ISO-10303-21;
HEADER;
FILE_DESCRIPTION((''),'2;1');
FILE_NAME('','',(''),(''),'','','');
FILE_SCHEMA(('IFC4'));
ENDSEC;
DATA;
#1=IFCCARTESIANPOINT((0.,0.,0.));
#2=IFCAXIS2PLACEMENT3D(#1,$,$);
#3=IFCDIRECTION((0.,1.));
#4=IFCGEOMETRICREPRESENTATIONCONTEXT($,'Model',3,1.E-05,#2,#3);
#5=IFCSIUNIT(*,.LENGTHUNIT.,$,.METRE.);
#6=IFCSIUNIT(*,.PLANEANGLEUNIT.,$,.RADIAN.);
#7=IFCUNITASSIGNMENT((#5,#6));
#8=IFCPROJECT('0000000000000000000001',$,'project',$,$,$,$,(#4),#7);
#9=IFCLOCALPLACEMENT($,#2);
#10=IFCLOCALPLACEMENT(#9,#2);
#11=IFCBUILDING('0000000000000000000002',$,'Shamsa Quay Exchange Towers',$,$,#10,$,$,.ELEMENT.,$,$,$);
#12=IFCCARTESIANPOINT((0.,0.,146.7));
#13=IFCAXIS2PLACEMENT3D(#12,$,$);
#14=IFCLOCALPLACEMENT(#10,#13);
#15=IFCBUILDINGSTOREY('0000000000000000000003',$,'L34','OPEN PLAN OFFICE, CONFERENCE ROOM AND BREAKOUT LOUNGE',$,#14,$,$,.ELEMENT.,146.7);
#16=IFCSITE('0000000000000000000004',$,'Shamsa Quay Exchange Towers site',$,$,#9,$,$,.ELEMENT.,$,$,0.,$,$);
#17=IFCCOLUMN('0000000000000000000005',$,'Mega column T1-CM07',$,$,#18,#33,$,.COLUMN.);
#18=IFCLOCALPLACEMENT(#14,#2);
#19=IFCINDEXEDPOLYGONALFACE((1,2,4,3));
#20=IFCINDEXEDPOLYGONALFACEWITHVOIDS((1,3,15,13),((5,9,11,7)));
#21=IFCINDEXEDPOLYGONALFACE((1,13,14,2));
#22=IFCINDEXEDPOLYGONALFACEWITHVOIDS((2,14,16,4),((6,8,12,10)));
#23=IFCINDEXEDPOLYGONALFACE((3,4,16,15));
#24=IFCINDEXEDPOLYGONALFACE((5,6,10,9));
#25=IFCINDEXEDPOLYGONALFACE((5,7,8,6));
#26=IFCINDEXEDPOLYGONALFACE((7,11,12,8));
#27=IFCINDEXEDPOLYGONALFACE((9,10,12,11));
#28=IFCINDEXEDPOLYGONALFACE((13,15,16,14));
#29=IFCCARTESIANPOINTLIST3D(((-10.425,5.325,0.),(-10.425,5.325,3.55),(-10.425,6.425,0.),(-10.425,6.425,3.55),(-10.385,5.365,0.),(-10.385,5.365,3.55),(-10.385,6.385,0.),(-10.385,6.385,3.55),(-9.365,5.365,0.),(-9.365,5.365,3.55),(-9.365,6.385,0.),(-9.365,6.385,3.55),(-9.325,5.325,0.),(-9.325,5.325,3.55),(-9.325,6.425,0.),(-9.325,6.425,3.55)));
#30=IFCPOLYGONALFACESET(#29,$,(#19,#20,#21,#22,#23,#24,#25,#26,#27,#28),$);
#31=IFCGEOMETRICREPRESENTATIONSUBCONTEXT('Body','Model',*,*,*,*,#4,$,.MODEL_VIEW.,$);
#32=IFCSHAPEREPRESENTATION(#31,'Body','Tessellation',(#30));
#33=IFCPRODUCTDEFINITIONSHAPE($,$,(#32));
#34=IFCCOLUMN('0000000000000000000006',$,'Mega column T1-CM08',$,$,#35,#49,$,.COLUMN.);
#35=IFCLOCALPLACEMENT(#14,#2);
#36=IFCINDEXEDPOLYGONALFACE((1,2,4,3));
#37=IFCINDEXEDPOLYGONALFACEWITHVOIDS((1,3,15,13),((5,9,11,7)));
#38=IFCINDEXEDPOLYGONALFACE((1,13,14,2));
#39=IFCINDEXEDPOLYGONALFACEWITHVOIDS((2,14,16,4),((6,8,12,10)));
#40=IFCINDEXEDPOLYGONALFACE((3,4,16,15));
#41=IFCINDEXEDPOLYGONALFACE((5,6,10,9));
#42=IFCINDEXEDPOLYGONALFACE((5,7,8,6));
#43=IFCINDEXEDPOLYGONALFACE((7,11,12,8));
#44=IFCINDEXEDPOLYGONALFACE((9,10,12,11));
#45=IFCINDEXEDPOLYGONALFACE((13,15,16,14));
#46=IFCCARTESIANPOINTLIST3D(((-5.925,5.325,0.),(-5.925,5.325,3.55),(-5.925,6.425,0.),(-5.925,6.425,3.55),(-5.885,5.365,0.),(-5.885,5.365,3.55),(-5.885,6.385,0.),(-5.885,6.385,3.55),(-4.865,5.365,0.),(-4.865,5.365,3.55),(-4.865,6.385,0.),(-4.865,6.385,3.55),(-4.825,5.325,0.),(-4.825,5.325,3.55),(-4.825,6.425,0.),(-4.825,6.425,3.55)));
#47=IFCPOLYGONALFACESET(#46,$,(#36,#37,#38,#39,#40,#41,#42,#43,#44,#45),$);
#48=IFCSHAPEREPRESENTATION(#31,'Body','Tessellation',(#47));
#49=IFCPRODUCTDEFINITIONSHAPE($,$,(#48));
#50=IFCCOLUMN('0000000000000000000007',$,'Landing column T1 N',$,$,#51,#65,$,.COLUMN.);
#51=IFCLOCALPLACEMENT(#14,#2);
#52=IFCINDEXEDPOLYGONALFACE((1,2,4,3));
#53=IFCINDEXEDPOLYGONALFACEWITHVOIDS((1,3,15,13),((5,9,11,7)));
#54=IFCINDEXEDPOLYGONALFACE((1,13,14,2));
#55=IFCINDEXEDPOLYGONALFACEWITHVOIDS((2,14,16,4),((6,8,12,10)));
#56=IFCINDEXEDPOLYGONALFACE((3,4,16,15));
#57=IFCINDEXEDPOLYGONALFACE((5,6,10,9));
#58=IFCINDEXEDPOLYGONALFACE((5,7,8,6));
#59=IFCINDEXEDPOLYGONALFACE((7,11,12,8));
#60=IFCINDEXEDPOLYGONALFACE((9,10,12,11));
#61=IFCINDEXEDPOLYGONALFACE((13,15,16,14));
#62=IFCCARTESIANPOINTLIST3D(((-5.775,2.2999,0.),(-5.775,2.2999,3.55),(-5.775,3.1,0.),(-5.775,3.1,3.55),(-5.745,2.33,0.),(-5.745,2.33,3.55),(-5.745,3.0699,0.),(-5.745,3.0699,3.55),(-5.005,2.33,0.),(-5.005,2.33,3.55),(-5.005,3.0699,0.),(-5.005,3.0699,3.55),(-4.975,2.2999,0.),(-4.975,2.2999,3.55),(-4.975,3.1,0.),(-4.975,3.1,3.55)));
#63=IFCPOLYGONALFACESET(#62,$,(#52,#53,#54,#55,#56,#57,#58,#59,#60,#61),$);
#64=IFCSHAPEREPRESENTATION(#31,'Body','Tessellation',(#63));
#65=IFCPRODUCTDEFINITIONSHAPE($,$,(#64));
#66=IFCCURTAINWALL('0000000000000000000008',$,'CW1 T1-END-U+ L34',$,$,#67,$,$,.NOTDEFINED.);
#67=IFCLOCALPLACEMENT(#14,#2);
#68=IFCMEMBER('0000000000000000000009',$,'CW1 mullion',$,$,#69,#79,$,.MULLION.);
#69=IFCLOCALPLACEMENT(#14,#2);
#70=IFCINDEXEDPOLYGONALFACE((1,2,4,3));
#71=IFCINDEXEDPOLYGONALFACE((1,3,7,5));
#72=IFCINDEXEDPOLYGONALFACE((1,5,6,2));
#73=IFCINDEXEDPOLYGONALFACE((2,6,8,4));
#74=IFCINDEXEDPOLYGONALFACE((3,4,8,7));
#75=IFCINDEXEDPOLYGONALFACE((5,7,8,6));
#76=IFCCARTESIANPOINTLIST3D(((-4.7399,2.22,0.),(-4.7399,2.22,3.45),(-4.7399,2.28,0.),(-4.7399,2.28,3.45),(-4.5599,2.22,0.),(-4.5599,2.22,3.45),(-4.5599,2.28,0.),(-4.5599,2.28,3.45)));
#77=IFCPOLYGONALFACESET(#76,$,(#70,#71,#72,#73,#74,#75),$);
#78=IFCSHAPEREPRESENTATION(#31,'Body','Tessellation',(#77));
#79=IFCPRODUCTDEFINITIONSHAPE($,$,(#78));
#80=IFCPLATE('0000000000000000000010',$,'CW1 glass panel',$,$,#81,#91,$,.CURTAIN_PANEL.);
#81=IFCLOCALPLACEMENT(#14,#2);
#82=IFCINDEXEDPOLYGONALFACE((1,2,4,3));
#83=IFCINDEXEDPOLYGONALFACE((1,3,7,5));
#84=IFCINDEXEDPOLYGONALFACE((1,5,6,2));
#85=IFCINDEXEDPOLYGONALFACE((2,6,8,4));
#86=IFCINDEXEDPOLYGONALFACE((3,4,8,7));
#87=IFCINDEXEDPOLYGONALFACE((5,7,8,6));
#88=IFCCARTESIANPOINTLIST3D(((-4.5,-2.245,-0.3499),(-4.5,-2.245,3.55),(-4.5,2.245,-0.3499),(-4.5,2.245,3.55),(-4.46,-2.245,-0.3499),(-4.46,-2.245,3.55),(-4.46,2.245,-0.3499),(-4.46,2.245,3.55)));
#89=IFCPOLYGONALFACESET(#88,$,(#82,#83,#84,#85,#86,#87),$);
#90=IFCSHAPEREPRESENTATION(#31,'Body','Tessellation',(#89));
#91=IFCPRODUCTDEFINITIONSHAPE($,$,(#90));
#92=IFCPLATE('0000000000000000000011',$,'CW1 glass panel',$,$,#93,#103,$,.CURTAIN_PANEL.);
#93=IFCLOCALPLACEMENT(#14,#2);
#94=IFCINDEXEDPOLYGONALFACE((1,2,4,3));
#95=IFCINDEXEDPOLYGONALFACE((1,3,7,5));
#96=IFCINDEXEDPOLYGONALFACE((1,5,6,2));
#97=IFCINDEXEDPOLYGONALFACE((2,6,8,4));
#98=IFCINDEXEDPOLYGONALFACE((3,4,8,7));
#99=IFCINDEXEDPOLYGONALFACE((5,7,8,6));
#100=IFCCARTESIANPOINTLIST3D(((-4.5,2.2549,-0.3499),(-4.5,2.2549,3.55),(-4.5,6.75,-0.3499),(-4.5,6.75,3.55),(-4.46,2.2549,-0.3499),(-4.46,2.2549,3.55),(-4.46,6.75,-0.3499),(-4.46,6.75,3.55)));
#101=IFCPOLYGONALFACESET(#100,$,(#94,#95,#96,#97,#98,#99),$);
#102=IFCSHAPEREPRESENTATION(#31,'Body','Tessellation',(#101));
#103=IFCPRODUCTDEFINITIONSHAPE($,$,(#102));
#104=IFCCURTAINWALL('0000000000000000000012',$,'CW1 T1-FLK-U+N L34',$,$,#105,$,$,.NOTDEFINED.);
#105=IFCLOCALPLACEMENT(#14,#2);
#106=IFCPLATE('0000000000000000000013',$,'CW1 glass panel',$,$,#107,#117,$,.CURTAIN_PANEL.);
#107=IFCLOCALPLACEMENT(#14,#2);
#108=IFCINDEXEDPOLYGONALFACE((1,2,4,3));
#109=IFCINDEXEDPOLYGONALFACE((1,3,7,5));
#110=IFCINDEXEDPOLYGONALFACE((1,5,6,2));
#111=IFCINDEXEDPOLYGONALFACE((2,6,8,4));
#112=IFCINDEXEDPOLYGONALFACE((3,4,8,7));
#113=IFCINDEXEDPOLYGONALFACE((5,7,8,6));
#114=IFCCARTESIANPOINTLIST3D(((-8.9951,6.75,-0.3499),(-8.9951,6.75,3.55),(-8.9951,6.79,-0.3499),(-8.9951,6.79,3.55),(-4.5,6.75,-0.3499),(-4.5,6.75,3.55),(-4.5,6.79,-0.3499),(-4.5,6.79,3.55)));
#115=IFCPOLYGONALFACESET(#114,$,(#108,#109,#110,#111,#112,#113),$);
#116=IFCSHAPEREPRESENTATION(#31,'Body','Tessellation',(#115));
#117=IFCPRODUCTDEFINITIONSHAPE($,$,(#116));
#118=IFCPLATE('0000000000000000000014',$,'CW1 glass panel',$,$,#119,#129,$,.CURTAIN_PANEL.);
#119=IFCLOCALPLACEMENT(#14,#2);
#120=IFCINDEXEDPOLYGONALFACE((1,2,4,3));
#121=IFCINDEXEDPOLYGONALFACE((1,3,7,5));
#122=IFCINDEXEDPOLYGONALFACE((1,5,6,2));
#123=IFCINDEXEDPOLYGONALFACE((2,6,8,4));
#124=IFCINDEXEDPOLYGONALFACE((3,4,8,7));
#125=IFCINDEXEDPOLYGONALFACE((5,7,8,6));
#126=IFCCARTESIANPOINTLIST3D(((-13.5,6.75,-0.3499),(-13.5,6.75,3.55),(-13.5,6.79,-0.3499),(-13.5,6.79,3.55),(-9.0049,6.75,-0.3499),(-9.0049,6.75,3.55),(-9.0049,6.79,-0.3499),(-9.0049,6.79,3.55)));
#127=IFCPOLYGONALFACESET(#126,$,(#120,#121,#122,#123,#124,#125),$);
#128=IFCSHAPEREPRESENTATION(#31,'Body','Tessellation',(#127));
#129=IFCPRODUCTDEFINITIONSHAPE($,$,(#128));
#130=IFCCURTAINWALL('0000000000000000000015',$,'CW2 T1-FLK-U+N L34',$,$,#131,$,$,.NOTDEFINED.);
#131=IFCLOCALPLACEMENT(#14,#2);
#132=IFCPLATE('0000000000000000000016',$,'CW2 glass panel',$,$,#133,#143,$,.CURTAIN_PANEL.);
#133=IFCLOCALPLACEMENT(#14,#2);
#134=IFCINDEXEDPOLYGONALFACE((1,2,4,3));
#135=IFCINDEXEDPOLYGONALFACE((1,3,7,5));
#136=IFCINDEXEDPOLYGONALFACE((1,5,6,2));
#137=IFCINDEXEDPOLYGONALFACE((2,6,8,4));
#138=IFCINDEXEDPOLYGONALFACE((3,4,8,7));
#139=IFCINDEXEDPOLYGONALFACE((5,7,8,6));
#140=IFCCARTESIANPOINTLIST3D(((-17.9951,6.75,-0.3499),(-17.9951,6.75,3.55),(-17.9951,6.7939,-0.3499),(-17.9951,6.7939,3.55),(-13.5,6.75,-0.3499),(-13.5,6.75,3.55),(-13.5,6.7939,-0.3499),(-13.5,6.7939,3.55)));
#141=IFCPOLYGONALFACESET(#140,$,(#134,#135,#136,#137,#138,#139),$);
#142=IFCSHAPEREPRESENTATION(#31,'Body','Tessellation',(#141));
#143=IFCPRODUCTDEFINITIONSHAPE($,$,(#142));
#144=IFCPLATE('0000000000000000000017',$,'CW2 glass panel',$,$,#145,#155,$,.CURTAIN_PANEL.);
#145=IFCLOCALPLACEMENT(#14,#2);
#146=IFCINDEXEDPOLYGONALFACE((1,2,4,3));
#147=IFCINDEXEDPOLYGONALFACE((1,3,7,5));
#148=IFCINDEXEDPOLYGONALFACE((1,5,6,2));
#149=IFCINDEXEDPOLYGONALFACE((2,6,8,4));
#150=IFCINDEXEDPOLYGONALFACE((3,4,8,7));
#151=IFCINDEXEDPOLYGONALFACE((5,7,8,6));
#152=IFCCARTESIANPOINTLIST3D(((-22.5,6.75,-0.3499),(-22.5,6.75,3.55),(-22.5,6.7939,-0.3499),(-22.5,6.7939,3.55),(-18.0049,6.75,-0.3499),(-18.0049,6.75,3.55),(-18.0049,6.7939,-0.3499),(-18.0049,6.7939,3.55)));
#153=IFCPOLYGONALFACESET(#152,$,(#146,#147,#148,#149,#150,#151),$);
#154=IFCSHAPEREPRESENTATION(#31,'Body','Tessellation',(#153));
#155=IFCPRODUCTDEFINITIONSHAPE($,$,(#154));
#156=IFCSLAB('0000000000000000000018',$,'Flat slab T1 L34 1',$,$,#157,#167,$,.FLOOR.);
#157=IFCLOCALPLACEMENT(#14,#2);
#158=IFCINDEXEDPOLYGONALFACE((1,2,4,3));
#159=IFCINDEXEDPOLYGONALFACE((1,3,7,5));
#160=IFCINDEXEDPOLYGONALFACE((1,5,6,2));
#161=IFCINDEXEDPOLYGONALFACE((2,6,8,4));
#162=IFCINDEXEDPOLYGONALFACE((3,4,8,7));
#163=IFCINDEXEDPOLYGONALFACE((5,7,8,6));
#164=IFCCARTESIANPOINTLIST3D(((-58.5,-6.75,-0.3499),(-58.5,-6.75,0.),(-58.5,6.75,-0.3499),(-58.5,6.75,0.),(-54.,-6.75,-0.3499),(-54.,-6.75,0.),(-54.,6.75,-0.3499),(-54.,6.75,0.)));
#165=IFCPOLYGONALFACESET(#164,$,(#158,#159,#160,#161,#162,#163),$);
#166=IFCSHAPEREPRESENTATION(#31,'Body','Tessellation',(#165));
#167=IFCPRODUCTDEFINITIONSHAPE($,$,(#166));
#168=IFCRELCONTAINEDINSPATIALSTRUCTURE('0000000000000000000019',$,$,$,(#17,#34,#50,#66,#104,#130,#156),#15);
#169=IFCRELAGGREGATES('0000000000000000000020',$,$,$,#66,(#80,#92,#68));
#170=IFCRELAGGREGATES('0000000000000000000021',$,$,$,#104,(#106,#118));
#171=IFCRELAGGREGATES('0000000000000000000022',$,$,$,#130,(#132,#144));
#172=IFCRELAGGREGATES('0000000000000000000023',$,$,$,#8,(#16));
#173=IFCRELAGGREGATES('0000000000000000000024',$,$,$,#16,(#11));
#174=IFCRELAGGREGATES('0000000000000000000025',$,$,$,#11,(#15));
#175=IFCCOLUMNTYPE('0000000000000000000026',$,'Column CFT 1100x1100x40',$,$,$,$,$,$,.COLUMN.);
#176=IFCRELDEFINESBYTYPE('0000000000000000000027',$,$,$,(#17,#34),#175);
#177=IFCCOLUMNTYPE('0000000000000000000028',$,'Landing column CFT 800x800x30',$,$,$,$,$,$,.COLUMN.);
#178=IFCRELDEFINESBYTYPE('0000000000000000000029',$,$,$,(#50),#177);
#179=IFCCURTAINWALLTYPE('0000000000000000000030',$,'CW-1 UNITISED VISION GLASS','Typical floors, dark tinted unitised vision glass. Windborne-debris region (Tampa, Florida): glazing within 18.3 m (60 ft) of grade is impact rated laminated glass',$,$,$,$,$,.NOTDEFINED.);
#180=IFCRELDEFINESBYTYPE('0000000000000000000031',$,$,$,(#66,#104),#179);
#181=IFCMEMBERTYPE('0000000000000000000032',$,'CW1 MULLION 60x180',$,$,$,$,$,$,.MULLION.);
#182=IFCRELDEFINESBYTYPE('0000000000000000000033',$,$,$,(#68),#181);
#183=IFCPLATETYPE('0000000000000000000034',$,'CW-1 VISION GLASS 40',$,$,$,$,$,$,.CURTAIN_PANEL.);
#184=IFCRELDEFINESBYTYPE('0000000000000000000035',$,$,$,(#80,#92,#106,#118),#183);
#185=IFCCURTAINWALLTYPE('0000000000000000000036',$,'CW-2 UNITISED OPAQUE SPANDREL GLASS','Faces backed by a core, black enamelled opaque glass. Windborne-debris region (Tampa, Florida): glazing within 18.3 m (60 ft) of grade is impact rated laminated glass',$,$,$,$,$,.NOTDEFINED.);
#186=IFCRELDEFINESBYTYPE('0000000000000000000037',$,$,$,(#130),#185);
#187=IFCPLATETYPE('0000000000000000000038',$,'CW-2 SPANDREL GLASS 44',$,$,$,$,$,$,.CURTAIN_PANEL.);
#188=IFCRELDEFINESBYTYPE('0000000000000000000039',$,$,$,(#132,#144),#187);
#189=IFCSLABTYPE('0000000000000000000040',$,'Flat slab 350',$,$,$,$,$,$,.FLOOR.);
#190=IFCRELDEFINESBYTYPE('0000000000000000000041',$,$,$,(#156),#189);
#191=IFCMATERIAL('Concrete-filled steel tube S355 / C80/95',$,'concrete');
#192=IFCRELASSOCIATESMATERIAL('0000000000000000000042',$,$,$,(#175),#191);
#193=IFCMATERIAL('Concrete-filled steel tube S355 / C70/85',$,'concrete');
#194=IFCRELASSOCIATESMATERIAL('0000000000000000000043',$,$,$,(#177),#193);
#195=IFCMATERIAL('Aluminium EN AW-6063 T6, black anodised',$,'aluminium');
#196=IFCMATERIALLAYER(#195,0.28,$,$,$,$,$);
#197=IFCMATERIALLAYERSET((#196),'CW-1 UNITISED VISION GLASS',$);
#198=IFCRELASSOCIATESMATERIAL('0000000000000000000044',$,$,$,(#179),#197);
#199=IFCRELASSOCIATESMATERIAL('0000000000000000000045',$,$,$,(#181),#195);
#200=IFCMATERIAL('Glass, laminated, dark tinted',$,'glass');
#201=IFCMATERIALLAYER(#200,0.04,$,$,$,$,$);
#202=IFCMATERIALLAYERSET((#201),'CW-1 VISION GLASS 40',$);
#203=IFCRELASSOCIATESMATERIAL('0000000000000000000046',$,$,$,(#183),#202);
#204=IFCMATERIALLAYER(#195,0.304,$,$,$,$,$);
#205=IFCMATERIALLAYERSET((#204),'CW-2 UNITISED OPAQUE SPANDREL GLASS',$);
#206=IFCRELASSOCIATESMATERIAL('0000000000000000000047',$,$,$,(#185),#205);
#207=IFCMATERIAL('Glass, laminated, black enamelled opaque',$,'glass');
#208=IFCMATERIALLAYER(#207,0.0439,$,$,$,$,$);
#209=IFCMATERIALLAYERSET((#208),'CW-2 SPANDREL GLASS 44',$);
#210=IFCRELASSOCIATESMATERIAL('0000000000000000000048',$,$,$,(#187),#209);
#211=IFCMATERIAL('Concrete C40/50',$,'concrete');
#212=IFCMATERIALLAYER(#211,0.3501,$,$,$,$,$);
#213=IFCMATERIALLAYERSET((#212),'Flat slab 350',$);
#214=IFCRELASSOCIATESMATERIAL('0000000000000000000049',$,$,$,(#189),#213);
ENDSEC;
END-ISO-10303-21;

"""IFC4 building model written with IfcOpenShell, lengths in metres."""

from ifc_helpers import new_model, si_unit, direction, frame, origin, origin_2d, place, context, subcontext, project, spatial, polyline, rectangle, hollow_rectangle, outline, extrude, material, layer, layer_set, material_profile, profile_set, type_object, element, aggregate, save


model = new_model("IFC4")

# Units and contexts
model_context = context("Model", 3, precision=1e-05, world=origin(), true_north=direction((0.0, 1.0)))
body_context = subcontext(model_context, "Body", "Model", "MODEL_VIEW")
ifc_project = project(units=[si_unit("LENGTHUNIT", "METRE"), si_unit("PLANEANGLEUNIT", "RADIAN")], contexts=[model_context])

# Site, building, storey
site_placement = place(None, origin())
site = spatial("IfcSite", under=ifc_project, at=site_placement, Name="Shamsa Quay Exchange Towers site", CompositionType="ELEMENT", RefElevation=0.0)
building_placement = place(site_placement, origin())
building = spatial("IfcBuilding", under=site, at=building_placement, Name="Shamsa Quay Exchange Towers", CompositionType="ELEMENT")
storey_placement = place(building_placement, frame((0.0, 0.0, 146.7)))
storey = spatial("IfcBuildingStorey", under=building, at=storey_placement, Name="L34", Description="OPEN PLAN OFFICE, CONFERENCE ROOM AND BREAKOUT LOUNGE", CompositionType="ELEMENT", Elevation=146.7)

# Columns
ifc_material_1 = material(Name="Concrete-filled steel tube S355 / C80/95", Category="concrete")
ifc_material_profile_1 = material_profile(ifc_material_1, hollow_rectangle(XDim=1.1001, YDim=1.1001, WallThickness=0.04, at=origin_2d()), Name="CFT 1100x1100x40")
ifc_profile_set_1 = profile_set([ifc_material_profile_1], Name="Concrete-filled steel tube S355 / C80/95")
column_type_1 = type_object("IfcColumnType", Name="Column CFT 1100x1100x40", PredefinedType="COLUMN", material=ifc_profile_set_1)
for number, where, name in (
    (1, (-9.875, 5.875, 0.0), "Mega column T1-CM07"),
    (2, (-5.375, 5.875, 0.0), "Mega column T1-CM08"),
):
    element("IfcColumn", number, at=place(storey_placement, frame(where)), inside=storey, type_object=column_type_1, Name=name, PredefinedType="COLUMN", context=body_context, shape_type="SweptSolid", body=[
        extrude(hollow_rectangle(XDim=1.1001, YDim=1.1001, WallThickness=0.04, at=origin_2d()), origin(), (0.0, 0.0, 1.0), 3.55),
    ])
ifc_material_2 = material(Name="Concrete-filled steel tube S355 / C70/85", Category="concrete")
ifc_material_profile_2 = material_profile(ifc_material_2, hollow_rectangle(XDim=0.8, YDim=0.8, WallThickness=0.03, at=origin_2d()), Name="CFT 800x800x30")
ifc_profile_set_2 = profile_set([ifc_material_profile_2], Name="Concrete-filled steel tube S355 / C70/85")
column_type_2 = type_object("IfcColumnType", Name="Landing column CFT 800x800x30", PredefinedType="COLUMN", material=ifc_profile_set_2)
column_placement = place(storey_placement, frame((-5.375, 2.7, 0.0)))
element("IfcColumn", 3, at=column_placement, inside=storey, type_object=column_type_2, Name="Landing column T1 N", PredefinedType="COLUMN", context=body_context, shape_type="SweptSolid", body=[
    extrude(hollow_rectangle(XDim=0.8, YDim=0.8, WallThickness=0.03, at=origin_2d()), origin(), (0.0, 0.0, 1.0), 3.55),
])

# Curtain wall, member, plates
ifc_material_3 = material(Name="Aluminium EN AW-6063 T6, black anodised", Category="aluminium")
ifc_layer_1 = layer(ifc_material_3, 0.28)
ifc_layer_set_1 = layer_set([ifc_layer_1], Name="CW-1 UNITISED VISION GLASS")
curtain_wall_type_1 = type_object("IfcCurtainWallType", Name="CW-1 UNITISED VISION GLASS", Description="Typical floors, dark tinted unitised vision glass. Windborne-debris region (Tampa, Florida): glazing within 18.3 m (60 ft) of grade is impact rated laminated glass", PredefinedType="NOTDEFINED", material=ifc_layer_set_1)
curtain_wall_1_placement = place(storey_placement, origin())
curtain_wall_1 = element("IfcCurtainWall", 4, at=curtain_wall_1_placement, inside=storey, type_object=curtain_wall_type_1, Name="CW1 T1-END-U+ L34", PredefinedType="NOTDEFINED")
ifc_material_profile_3 = material_profile(ifc_material_3, rectangle(XDim=0.1799, YDim=0.0601, at=origin_2d()), Name="MU60x180")
ifc_profile_set_3 = profile_set([ifc_material_profile_3], Name="Aluminium EN AW-6063 T6, black anodised")
member_type = type_object("IfcMemberType", Name="CW1 MULLION 60x180", PredefinedType="MULLION", material=ifc_profile_set_3)
member_placement = place(storey_placement, frame((-4.6499, 2.25, 0.0), z_axis=(0.0, 0.0, 1.0), x_axis=(-1.0, 0.0, 0.0)))
member = element("IfcMember", 5, at=member_placement, type_object=member_type, Name="CW1 mullion", PredefinedType="MULLION", context=body_context, shape_type="SweptSolid", body=[
    extrude(rectangle(XDim=0.1799, YDim=0.0601, at=origin_2d()), origin(), (0.0, 0.0, 1.0), 3.45),
])
ifc_material_4 = material(Name="Glass, laminated, dark tinted", Category="glass")
ifc_layer_2 = layer(ifc_material_4, 0.04)
ifc_layer_set_2 = layer_set([ifc_layer_2], Name="CW-1 VISION GLASS 40")
plate_type_1 = type_object("IfcPlateType", Name="CW-1 VISION GLASS 40", PredefinedType="CURTAIN_PANEL", material=ifc_layer_set_2)
plate_1_placement = place(storey_placement, frame((-4.48, 0.0, -0.3499), z_axis=(0.0, 0.0, 1.0), x_axis=(0.0, 1.0, 0.0)))
plate_1 = element("IfcPlate", 6, at=plate_1_placement, type_object=plate_type_1, Name="CW1 glass panel", PredefinedType="CURTAIN_PANEL", context=body_context, shape_type="SweptSolid", body=[
    extrude(rectangle(XDim=4.49, YDim=0.04, at=origin_2d()), origin(), (0.0, 0.0, 1.0), 3.8999),
])
plate_2_placement = place(storey_placement, frame((-4.48, 4.5024, -0.3499), z_axis=(0.0, 0.0, 1.0), x_axis=(0.0, 1.0, 0.0)))
plate_2 = element("IfcPlate", 7, at=plate_2_placement, type_object=plate_type_1, Name="CW1 glass panel", PredefinedType="CURTAIN_PANEL", context=body_context, shape_type="SweptSolid", body=[
    extrude(rectangle(XDim=4.4951, YDim=0.04, at=origin_2d()), origin(), (0.0, 0.0, 1.0), 3.8999),
])
aggregate(curtain_wall_1, [plate_1, plate_2, member])

# Curtain walls, plates
curtain_wall_2_placement = place(storey_placement, origin())
curtain_wall_2 = element("IfcCurtainWall", 8, at=curtain_wall_2_placement, inside=storey, type_object=curtain_wall_type_1, Name="CW1 T1-FLK-U+N L34", PredefinedType="NOTDEFINED")
plate_3_placement = place(storey_placement, frame((-6.7476, 6.77, -0.3499), z_axis=(0.0, 0.0, 1.0), x_axis=(-1.0, 0.0, 0.0)))
plate_3 = element("IfcPlate", 9, at=plate_3_placement, type_object=plate_type_1, Name="CW1 glass panel", PredefinedType="CURTAIN_PANEL", context=body_context, shape_type="SweptSolid", body=[
    extrude(rectangle(XDim=4.4951, YDim=0.04, at=origin_2d()), origin(), (0.0, 0.0, 1.0), 3.8999),
])
plate_4_placement = place(storey_placement, frame((-11.2524, 6.77, -0.3499), z_axis=(0.0, 0.0, 1.0), x_axis=(-1.0, 0.0, 0.0)))
plate_4 = element("IfcPlate", 10, at=plate_4_placement, type_object=plate_type_1, Name="CW1 glass panel", PredefinedType="CURTAIN_PANEL", context=body_context, shape_type="SweptSolid", body=[
    extrude(rectangle(XDim=4.4951, YDim=0.04, at=origin_2d()), origin(), (0.0, 0.0, 1.0), 3.8999),
])
aggregate(curtain_wall_2, [plate_3, plate_4])
ifc_layer_3 = layer(ifc_material_3, 0.304)
ifc_layer_set_3 = layer_set([ifc_layer_3], Name="CW-2 UNITISED OPAQUE SPANDREL GLASS")
curtain_wall_type_2 = type_object("IfcCurtainWallType", Name="CW-2 UNITISED OPAQUE SPANDREL GLASS", Description="Faces backed by a core, black enamelled opaque glass. Windborne-debris region (Tampa, Florida): glazing within 18.3 m (60 ft) of grade is impact rated laminated glass", PredefinedType="NOTDEFINED", material=ifc_layer_set_3)
curtain_wall_3_placement = place(storey_placement, origin())
curtain_wall_3 = element("IfcCurtainWall", 11, at=curtain_wall_3_placement, inside=storey, type_object=curtain_wall_type_2, Name="CW2 T1-FLK-U+N L34", PredefinedType="NOTDEFINED")
ifc_material_5 = material(Name="Glass, laminated, black enamelled opaque", Category="glass")
ifc_layer_4 = layer(ifc_material_5, 0.0439)
ifc_layer_set_4 = layer_set([ifc_layer_4], Name="CW-2 SPANDREL GLASS 44")
plate_type_2 = type_object("IfcPlateType", Name="CW-2 SPANDREL GLASS 44", PredefinedType="CURTAIN_PANEL", material=ifc_layer_set_4)
plate_5_placement = place(storey_placement, frame((-15.7476, 6.772, -0.3499), z_axis=(0.0, 0.0, 1.0), x_axis=(-1.0, 0.0, 0.0)))
plate_5 = element("IfcPlate", 12, at=plate_5_placement, type_object=plate_type_2, Name="CW2 glass panel", PredefinedType="CURTAIN_PANEL", context=body_context, shape_type="SweptSolid", body=[
    extrude(rectangle(XDim=4.4951, YDim=0.0439, at=origin_2d()), origin(), (0.0, 0.0, 1.0), 3.8999),
])
plate_6_placement = place(storey_placement, frame((-20.2524, 6.772, -0.3499), z_axis=(0.0, 0.0, 1.0), x_axis=(-1.0, 0.0, 0.0)))
plate_6 = element("IfcPlate", 13, at=plate_6_placement, type_object=plate_type_2, Name="CW2 glass panel", PredefinedType="CURTAIN_PANEL", context=body_context, shape_type="SweptSolid", body=[
    extrude(rectangle(XDim=4.4951, YDim=0.0439, at=origin_2d()), origin(), (0.0, 0.0, 1.0), 3.8999),
])
aggregate(curtain_wall_3, [plate_5, plate_6])

# Slab
ifc_material_6 = material(Name="Concrete C40/50", Category="concrete")
ifc_layer_5 = layer(ifc_material_6, 0.3501)
ifc_layer_set_5 = layer_set([ifc_layer_5], Name="Flat slab 350")
slab_type = type_object("IfcSlabType", Name="Flat slab 350", PredefinedType="FLOOR", material=ifc_layer_set_5)
slab_1_placement = place(storey_placement, frame((0.0, 0.0, -0.3499)))
element("IfcSlab", 14, at=slab_1_placement, inside=storey, type_object=slab_type, Name="Flat slab T1 L34 1", PredefinedType="FLOOR", context=body_context, shape_type="SweptSolid", body=[
    extrude(outline(polyline([(-58.5, -6.75), (-54.0, -6.75), (-54.0, 6.75), (-58.5, 6.75), (-58.5, -6.75)])), origin(), (0.0, 0.0, 1.0), 0.3499),
])

save(model, "model.ifc")
